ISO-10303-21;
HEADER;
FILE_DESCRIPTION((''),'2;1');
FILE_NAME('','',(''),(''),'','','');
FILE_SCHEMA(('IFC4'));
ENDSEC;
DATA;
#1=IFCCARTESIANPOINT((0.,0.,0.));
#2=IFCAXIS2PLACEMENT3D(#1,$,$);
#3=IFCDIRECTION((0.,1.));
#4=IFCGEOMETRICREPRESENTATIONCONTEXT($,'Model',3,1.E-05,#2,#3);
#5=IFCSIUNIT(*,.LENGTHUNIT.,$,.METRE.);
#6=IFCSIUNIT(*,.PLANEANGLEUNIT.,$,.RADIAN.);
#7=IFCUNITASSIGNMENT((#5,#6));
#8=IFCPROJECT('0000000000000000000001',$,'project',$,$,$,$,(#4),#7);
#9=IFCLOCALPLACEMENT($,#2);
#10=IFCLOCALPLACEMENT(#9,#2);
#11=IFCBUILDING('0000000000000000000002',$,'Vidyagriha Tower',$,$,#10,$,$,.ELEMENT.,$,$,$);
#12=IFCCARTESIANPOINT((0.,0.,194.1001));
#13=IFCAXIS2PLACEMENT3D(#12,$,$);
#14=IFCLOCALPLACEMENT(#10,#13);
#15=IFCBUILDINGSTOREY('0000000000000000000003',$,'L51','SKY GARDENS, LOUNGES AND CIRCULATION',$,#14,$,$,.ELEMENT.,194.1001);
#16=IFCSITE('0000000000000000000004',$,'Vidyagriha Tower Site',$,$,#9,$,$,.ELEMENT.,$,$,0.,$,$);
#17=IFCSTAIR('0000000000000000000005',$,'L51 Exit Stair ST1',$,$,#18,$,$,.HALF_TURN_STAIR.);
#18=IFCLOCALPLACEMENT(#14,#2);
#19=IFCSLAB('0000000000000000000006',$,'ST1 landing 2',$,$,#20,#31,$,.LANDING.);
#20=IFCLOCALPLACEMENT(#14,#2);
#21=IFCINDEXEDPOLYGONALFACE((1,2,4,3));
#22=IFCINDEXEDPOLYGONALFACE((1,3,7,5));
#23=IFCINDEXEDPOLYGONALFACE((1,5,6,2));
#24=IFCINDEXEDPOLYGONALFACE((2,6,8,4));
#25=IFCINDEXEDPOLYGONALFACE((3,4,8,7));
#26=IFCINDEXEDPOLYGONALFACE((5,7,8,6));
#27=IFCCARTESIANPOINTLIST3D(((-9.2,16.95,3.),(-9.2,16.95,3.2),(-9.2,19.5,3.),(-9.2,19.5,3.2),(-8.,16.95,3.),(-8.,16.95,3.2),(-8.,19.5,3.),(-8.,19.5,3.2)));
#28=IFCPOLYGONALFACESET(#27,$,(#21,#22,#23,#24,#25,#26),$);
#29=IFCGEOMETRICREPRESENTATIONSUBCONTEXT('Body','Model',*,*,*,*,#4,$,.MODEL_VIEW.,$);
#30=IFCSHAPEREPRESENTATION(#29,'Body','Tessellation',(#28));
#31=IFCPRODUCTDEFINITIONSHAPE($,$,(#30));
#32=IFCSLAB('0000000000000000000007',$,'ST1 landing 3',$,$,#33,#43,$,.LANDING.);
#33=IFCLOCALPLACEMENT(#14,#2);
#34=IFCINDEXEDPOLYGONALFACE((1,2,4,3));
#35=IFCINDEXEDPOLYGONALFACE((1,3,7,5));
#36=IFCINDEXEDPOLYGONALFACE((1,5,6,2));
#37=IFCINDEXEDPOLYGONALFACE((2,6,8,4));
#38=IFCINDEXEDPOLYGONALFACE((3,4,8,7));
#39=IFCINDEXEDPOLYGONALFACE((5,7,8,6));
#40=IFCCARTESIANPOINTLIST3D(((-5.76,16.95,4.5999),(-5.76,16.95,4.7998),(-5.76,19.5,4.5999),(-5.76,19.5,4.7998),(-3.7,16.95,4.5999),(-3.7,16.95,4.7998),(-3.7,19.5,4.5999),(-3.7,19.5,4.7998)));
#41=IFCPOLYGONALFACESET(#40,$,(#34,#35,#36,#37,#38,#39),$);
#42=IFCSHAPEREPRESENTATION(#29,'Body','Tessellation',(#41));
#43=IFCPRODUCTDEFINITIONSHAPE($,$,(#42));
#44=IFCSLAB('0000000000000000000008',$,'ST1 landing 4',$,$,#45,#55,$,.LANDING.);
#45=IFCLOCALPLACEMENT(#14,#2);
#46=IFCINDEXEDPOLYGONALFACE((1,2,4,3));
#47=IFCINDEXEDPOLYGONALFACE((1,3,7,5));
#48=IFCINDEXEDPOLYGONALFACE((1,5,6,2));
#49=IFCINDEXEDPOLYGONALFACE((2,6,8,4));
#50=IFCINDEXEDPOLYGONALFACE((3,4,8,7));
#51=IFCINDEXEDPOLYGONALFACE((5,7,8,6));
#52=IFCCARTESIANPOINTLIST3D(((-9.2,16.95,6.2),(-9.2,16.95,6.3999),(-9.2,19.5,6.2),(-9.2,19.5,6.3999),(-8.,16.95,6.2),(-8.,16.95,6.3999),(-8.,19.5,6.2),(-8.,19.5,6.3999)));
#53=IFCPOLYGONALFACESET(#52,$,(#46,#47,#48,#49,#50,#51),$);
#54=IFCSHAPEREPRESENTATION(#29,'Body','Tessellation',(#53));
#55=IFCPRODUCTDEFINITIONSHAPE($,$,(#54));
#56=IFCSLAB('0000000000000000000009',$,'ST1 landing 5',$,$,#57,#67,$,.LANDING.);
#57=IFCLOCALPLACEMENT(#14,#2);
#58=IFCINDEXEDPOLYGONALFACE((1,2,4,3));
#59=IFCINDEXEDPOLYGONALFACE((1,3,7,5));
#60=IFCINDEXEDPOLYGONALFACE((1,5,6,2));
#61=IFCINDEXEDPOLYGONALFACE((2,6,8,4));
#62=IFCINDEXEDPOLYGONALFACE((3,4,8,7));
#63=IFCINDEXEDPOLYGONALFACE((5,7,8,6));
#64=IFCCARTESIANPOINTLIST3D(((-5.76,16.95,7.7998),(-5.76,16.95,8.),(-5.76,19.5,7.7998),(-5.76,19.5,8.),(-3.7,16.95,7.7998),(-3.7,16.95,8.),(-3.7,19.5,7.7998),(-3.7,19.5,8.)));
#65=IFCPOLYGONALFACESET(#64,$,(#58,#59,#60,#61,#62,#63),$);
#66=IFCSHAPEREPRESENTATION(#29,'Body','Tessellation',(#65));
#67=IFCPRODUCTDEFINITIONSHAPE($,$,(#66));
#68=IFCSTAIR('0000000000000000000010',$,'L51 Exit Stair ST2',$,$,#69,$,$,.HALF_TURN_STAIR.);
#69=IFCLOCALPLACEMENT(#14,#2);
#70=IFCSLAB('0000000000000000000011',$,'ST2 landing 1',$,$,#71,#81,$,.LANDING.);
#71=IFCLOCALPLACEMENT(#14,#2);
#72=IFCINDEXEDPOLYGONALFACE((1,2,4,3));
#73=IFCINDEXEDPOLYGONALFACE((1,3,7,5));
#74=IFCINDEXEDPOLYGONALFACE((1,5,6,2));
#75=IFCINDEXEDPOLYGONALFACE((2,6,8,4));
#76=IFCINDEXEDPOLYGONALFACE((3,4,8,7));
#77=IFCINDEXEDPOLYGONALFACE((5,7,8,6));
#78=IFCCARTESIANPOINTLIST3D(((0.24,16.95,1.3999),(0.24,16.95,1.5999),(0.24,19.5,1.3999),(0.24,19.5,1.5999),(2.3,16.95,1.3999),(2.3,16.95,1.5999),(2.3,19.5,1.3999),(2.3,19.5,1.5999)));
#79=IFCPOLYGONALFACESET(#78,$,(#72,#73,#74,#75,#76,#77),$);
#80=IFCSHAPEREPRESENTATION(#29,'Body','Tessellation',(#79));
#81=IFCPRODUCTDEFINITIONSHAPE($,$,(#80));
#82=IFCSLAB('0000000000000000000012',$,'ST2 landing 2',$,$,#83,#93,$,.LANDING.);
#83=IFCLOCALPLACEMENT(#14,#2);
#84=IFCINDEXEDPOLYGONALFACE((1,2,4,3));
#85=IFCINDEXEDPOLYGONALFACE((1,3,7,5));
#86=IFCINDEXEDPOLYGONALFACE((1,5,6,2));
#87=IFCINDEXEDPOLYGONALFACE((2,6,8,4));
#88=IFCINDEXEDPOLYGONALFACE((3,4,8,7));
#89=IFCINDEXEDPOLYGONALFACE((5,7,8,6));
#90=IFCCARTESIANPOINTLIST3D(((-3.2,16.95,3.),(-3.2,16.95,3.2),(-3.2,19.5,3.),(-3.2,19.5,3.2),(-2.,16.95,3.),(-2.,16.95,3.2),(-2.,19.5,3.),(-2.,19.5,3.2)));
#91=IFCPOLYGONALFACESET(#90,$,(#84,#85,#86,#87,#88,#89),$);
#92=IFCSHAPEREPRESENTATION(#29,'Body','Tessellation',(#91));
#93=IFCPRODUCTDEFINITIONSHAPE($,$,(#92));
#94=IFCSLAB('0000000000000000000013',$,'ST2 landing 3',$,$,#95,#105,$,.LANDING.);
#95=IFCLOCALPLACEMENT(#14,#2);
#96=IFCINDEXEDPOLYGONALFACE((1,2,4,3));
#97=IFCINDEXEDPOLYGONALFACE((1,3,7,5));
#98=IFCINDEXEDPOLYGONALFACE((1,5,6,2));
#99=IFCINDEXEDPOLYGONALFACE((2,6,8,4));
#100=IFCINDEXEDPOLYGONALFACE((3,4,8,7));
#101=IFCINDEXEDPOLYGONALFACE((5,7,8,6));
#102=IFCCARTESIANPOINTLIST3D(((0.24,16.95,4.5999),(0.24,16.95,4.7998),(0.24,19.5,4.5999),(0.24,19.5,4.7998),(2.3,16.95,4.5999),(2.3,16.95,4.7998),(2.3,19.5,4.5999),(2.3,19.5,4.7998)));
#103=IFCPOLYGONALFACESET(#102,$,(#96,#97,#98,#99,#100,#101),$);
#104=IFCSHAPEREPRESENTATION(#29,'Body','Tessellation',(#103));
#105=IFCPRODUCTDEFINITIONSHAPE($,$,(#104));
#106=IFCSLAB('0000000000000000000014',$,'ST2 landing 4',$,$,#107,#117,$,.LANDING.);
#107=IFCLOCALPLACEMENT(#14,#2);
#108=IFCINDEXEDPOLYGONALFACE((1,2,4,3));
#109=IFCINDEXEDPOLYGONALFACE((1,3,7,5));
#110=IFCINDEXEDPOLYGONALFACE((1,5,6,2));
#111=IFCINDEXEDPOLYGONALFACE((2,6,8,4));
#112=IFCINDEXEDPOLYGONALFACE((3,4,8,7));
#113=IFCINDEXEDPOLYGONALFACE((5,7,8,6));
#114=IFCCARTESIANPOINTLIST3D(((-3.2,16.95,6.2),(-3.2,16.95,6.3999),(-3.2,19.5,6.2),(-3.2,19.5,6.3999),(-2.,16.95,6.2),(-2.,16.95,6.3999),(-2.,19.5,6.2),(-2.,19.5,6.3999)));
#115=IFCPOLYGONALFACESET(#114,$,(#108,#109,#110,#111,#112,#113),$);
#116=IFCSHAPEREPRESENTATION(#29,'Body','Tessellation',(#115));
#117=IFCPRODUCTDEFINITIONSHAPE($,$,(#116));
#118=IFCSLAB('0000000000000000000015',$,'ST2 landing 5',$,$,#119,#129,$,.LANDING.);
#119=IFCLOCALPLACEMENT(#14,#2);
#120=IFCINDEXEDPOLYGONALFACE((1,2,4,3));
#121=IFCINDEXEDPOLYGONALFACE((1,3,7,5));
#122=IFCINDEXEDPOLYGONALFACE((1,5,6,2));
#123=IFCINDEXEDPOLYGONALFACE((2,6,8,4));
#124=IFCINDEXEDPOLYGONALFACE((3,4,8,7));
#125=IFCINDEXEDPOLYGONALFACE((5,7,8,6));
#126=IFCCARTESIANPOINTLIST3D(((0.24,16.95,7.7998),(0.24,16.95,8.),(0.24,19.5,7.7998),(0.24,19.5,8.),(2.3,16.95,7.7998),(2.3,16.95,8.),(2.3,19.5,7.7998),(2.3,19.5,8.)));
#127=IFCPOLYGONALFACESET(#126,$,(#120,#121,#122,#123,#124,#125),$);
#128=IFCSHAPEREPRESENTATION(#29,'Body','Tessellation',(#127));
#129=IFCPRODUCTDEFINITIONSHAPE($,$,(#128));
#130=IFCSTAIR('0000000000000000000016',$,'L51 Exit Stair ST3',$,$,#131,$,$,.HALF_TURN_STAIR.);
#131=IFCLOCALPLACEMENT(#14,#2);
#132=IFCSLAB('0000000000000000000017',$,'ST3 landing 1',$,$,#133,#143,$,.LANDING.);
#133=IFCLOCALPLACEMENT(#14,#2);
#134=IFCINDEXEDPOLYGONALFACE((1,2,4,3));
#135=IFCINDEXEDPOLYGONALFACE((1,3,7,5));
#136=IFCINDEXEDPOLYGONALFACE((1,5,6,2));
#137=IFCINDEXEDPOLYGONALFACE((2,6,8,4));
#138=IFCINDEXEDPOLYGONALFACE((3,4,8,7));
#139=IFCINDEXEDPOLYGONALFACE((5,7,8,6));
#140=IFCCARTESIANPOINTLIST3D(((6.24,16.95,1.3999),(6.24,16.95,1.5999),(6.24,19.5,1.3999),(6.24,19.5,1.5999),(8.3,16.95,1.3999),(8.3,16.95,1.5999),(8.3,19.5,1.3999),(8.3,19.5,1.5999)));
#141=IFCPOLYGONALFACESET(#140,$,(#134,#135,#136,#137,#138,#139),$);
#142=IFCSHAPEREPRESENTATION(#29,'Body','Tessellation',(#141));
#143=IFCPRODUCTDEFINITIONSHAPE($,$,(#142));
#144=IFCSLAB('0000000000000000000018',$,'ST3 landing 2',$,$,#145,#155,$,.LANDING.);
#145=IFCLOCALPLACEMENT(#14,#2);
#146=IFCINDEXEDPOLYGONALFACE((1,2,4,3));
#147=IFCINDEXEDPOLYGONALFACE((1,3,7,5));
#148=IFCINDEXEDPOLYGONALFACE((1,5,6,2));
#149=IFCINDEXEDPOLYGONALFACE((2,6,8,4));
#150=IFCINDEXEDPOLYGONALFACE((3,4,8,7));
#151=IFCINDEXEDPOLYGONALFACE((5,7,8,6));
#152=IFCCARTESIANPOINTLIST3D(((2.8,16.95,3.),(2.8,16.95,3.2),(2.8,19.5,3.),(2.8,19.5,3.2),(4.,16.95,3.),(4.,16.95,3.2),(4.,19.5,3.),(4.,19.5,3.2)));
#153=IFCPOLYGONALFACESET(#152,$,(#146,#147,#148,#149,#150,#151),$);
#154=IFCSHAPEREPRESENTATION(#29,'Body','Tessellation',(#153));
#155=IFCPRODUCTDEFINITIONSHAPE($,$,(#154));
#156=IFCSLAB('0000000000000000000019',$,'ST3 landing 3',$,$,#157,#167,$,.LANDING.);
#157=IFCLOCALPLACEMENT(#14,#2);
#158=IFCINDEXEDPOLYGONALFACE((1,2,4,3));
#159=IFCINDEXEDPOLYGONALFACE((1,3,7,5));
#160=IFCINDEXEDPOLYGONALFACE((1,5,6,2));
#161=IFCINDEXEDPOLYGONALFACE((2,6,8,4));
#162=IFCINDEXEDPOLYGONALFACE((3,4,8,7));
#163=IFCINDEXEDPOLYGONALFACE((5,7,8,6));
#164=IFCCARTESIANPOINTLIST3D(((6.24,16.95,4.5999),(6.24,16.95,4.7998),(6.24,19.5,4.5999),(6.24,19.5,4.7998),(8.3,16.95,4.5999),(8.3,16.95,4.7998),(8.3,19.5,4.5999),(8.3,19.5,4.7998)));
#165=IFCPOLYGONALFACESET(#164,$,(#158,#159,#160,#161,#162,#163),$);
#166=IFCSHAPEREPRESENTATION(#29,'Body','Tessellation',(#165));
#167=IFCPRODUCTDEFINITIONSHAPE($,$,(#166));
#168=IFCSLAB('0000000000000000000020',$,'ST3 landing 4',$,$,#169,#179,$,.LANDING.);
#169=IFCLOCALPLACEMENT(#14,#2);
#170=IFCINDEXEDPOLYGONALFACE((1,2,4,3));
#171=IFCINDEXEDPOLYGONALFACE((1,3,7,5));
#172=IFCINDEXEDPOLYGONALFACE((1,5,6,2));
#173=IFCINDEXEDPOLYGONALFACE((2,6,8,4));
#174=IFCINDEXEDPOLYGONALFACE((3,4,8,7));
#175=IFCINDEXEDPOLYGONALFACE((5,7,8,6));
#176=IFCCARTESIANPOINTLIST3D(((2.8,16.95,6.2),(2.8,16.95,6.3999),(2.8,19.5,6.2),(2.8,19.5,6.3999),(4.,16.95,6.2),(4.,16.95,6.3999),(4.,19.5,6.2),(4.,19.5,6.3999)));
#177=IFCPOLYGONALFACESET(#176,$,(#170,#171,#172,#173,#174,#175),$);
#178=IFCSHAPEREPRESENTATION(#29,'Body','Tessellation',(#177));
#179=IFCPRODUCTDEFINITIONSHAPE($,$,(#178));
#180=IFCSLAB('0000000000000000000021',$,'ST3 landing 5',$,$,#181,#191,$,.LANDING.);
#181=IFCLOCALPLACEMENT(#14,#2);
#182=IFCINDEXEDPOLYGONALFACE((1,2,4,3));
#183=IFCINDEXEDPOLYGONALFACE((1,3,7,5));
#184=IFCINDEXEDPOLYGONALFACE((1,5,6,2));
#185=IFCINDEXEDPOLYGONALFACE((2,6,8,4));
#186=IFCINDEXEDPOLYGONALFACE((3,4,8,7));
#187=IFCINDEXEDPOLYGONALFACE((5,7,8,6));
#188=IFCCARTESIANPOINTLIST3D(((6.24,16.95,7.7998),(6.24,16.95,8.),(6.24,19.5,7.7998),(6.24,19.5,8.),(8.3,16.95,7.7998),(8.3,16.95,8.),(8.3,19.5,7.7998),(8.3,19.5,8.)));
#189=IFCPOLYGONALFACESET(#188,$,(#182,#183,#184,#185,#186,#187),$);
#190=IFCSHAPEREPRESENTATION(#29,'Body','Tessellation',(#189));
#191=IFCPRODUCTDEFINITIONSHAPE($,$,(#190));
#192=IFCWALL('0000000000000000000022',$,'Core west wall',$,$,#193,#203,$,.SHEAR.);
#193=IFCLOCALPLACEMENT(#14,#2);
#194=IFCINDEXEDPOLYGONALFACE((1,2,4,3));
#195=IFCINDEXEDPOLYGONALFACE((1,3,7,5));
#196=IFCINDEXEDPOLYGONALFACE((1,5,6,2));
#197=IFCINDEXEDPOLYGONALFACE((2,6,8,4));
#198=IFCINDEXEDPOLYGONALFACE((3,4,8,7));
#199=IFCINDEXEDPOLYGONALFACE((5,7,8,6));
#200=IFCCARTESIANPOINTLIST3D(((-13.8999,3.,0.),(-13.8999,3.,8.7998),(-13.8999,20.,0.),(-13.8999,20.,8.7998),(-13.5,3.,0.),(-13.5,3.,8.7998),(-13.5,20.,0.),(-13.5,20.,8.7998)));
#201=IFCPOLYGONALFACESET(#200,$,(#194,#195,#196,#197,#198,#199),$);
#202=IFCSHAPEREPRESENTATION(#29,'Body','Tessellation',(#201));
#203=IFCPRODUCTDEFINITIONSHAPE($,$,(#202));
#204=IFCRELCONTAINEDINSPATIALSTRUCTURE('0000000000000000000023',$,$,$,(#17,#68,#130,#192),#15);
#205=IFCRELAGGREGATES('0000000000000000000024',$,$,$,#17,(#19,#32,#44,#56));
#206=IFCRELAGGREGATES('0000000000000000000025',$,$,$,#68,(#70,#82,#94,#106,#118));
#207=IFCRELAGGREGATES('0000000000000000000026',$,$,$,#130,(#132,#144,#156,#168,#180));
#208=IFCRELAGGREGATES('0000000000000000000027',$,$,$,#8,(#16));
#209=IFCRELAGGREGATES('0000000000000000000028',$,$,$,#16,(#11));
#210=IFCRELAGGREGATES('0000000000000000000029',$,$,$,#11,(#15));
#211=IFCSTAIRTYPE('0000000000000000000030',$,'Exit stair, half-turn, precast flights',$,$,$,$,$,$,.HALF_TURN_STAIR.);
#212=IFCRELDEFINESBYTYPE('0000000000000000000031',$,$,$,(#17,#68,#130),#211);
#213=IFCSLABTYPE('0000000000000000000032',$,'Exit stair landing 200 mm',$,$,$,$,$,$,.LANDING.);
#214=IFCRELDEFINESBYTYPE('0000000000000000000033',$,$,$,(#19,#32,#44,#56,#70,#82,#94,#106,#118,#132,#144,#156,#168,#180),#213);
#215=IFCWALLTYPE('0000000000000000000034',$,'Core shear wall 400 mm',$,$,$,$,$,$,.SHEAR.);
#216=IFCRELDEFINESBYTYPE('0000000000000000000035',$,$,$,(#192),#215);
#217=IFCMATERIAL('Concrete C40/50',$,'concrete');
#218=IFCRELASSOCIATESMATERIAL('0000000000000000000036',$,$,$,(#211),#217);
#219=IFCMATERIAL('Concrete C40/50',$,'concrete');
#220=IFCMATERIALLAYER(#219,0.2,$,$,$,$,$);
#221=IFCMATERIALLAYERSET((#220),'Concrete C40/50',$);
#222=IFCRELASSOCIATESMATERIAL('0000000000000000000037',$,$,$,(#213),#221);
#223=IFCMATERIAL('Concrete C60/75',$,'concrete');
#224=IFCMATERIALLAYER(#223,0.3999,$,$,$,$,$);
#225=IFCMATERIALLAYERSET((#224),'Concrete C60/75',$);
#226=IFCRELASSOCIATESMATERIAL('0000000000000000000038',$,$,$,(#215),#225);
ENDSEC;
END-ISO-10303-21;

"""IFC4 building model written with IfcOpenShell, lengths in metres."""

from ifc_helpers import new_model, si_unit, direction, frame, frame_2d, origin, place, context, subcontext, project, spatial, polyline, rectangle, outline, extrude, material, layer, layer_set, type_object, element, aggregate, save


model = new_model("IFC4")

# Units and contexts
model_context = context("Model", 3, precision=1e-05, world=origin(), true_north=direction((0.0, 1.0)))
body_context = subcontext(model_context, "Body", "Model", "MODEL_VIEW")
ifc_project = project(units=[si_unit("LENGTHUNIT", "METRE"), si_unit("PLANEANGLEUNIT", "RADIAN")], contexts=[model_context])

# Site, building, storey
site_placement = place(None, origin())
site = spatial("IfcSite", under=ifc_project, at=site_placement, Name="Vidyagriha Tower Site", CompositionType="ELEMENT", RefElevation=0.0)
building_placement = place(site_placement, origin())
building = spatial("IfcBuilding", under=site, at=building_placement, Name="Vidyagriha Tower", CompositionType="ELEMENT")
storey_placement = place(building_placement, frame((0.0, 0.0, 194.1001)))
storey = spatial("IfcBuildingStorey", under=building, at=storey_placement, Name="L51", Description="SKY GARDENS, LOUNGES AND CIRCULATION", CompositionType="ELEMENT", Elevation=194.1001)

# Stairs, slabs
ifc_material_1 = material(Name="Concrete C40/50", Category="concrete")
stair_type = type_object("IfcStairType", Name="Exit stair, half-turn, precast flights", PredefinedType="HALF_TURN_STAIR", material=ifc_material_1)
stair_1_placement = place(storey_placement, origin())
stair_1 = element("IfcStair", 1, at=stair_1_placement, inside=storey, type_object=stair_type, Name="L51 Exit Stair ST1", PredefinedType="HALF_TURN_STAIR")
ifc_material_2 = material(Name="Concrete C40/50", Category="concrete")
ifc_layer_1 = layer(ifc_material_2, 0.2)
ifc_layer_set_1 = layer_set([ifc_layer_1], Name="Concrete C40/50")
slab_type = type_object("IfcSlabType", Name="Exit stair landing 200 mm", PredefinedType="LANDING", material=ifc_layer_set_1)
slab_1_placement = place(storey_placement, frame((0.0, 0.0, 3.0)))
slab_1 = element("IfcSlab", 2, at=slab_1_placement, type_object=slab_type, Name="ST1 landing 2", PredefinedType="LANDING", context=body_context, shape_type="SweptSolid", body=[
    extrude(outline(polyline([(-9.2, 16.95), (-8.0, 16.95), (-8.0, 19.5), (-9.2, 19.5), (-9.2, 16.95)])), origin(), (0.0, 0.0, 1.0), 0.2),
])
slab_2_placement = place(storey_placement, frame((0.0, 0.0, 4.5999)))
slab_2 = element("IfcSlab", 3, at=slab_2_placement, type_object=slab_type, Name="ST1 landing 3", PredefinedType="LANDING", context=body_context, shape_type="SweptSolid", body=[
    extrude(outline(polyline([(-5.76, 16.95), (-3.7, 16.95), (-3.7, 19.5), (-5.76, 19.5), (-5.76, 16.95)])), origin(), (0.0, 0.0, 1.0), 0.2),
])
slab_3_placement = place(storey_placement, frame((0.0, 0.0, 6.2)))
slab_3 = element("IfcSlab", 4, at=slab_3_placement, type_object=slab_type, Name="ST1 landing 4", PredefinedType="LANDING", context=body_context, shape_type="SweptSolid", body=[
    extrude(outline(polyline([(-9.2, 16.95), (-8.0, 16.95), (-8.0, 19.5), (-9.2, 19.5), (-9.2, 16.95)])), origin(), (0.0, 0.0, 1.0), 0.2),
])
slab_4_placement = place(storey_placement, frame((0.0, 0.0, 7.7998)))
slab_4 = element("IfcSlab", 5, at=slab_4_placement, type_object=slab_type, Name="ST1 landing 5", PredefinedType="LANDING", context=body_context, shape_type="SweptSolid", body=[
    extrude(outline(polyline([(-5.76, 16.95), (-3.7, 16.95), (-3.7, 19.5), (-5.76, 19.5), (-5.76, 16.95)])), origin(), (0.0, 0.0, 1.0), 0.2002),
])
aggregate(stair_1, [slab_1, slab_2, slab_3, slab_4])
stair_2_placement = place(storey_placement, origin())
stair_2 = element("IfcStair", 6, at=stair_2_placement, inside=storey, type_object=stair_type, Name="L51 Exit Stair ST2", PredefinedType="HALF_TURN_STAIR")
slab_5_placement = place(storey_placement, frame((0.0, 0.0, 1.3999)))
slab_5 = element("IfcSlab", 7, at=slab_5_placement, type_object=slab_type, Name="ST2 landing 1", PredefinedType="LANDING", context=body_context, shape_type="SweptSolid", body=[
    extrude(outline(polyline([(0.24, 16.95), (2.3, 16.95), (2.3, 19.5), (0.24, 19.5), (0.24, 16.95)])), origin(), (0.0, 0.0, 1.0), 0.2),
])
slab_6_placement = place(storey_placement, frame((0.0, 0.0, 3.0)))
slab_6 = element("IfcSlab", 8, at=slab_6_placement, type_object=slab_type, Name="ST2 landing 2", PredefinedType="LANDING", context=body_context, shape_type="SweptSolid", body=[
    extrude(outline(polyline([(-3.2, 16.95), (-2.0, 16.95), (-2.0, 19.5), (-3.2, 19.5), (-3.2, 16.95)])), origin(), (0.0, 0.0, 1.0), 0.2),
])
slab_7_placement = place(storey_placement, frame((0.0, 0.0, 4.5999)))
slab_7 = element("IfcSlab", 9, at=slab_7_placement, type_object=slab_type, Name="ST2 landing 3", PredefinedType="LANDING", context=body_context, shape_type="SweptSolid", body=[
    extrude(outline(polyline([(0.24, 16.95), (2.3, 16.95), (2.3, 19.5), (0.24, 19.5), (0.24, 16.95)])), origin(), (0.0, 0.0, 1.0), 0.2),
])
slab_8_placement = place(storey_placement, frame((0.0, 0.0, 6.2)))
slab_8 = element("IfcSlab", 10, at=slab_8_placement, type_object=slab_type, Name="ST2 landing 4", PredefinedType="LANDING", context=body_context, shape_type="SweptSolid", body=[
    extrude(outline(polyline([(-3.2, 16.95), (-2.0, 16.95), (-2.0, 19.5), (-3.2, 19.5), (-3.2, 16.95)])), origin(), (0.0, 0.0, 1.0), 0.2),
])
slab_9_placement = place(storey_placement, frame((0.0, 0.0, 7.7998)))
slab_9 = element("IfcSlab", 11, at=slab_9_placement, type_object=slab_type, Name="ST2 landing 5", PredefinedType="LANDING", context=body_context, shape_type="SweptSolid", body=[
    extrude(outline(polyline([(0.24, 16.95), (2.3, 16.95), (2.3, 19.5), (0.24, 19.5), (0.24, 16.95)])), origin(), (0.0, 0.0, 1.0), 0.2002),
])
aggregate(stair_2, [slab_5, slab_6, slab_7, slab_8, slab_9])
stair_3_placement = place(storey_placement, origin())
stair_3 = element("IfcStair", 12, at=stair_3_placement, inside=storey, type_object=stair_type, Name="L51 Exit Stair ST3", PredefinedType="HALF_TURN_STAIR")
slab_10_placement = place(storey_placement, frame((0.0, 0.0, 1.3999)))
slab_10 = element("IfcSlab", 13, at=slab_10_placement, type_object=slab_type, Name="ST3 landing 1", PredefinedType="LANDING", context=body_context, shape_type="SweptSolid", body=[
    extrude(outline(polyline([(6.24, 16.95), (8.3, 16.95), (8.3, 19.5), (6.24, 19.5), (6.24, 16.95)])), origin(), (0.0, 0.0, 1.0), 0.2),
])
slab_11_placement = place(storey_placement, frame((0.0, 0.0, 3.0)))
slab_11 = element("IfcSlab", 14, at=slab_11_placement, type_object=slab_type, Name="ST3 landing 2", PredefinedType="LANDING", context=body_context, shape_type="SweptSolid", body=[
    extrude(outline(polyline([(2.8, 16.95), (4.0, 16.95), (4.0, 19.5), (2.8, 19.5), (2.8, 16.95)])), origin(), (0.0, 0.0, 1.0), 0.2),
])
slab_12_placement = place(storey_placement, frame((0.0, 0.0, 4.5999)))
slab_12 = element("IfcSlab", 15, at=slab_12_placement, type_object=slab_type, Name="ST3 landing 3", PredefinedType="LANDING", context=body_context, shape_type="SweptSolid", body=[
    extrude(outline(polyline([(6.24, 16.95), (8.3, 16.95), (8.3, 19.5), (6.24, 19.5), (6.24, 16.95)])), origin(), (0.0, 0.0, 1.0), 0.2),
])
slab_13_placement = place(storey_placement, frame((0.0, 0.0, 6.2)))
slab_13 = element("IfcSlab", 16, at=slab_13_placement, type_object=slab_type, Name="ST3 landing 4", PredefinedType="LANDING", context=body_context, shape_type="SweptSolid", body=[
    extrude(outline(polyline([(2.8, 16.95), (4.0, 16.95), (4.0, 19.5), (2.8, 19.5), (2.8, 16.95)])), origin(), (0.0, 0.0, 1.0), 0.2),
])
slab_14_placement = place(storey_placement, frame((0.0, 0.0, 7.7998)))
slab_14 = element("IfcSlab", 17, at=slab_14_placement, type_object=slab_type, Name="ST3 landing 5", PredefinedType="LANDING", context=body_context, shape_type="SweptSolid", body=[
    extrude(outline(polyline([(6.24, 16.95), (8.3, 16.95), (8.3, 19.5), (6.24, 19.5), (6.24, 16.95)])), origin(), (0.0, 0.0, 1.0), 0.2002),
])
aggregate(stair_3, [slab_10, slab_11, slab_12, slab_13, slab_14])

# Wall
ifc_material_3 = material(Name="Concrete C60/75", Category="concrete")
ifc_layer_2 = layer(ifc_material_3, 0.3999)
ifc_layer_set_2 = layer_set([ifc_layer_2], Name="Concrete C60/75")
wall_type_1 = type_object("IfcWallType", Name="Core shear wall 400 mm", PredefinedType="SHEAR", material=ifc_layer_set_2)
wall_1_placement = place(storey_placement, frame((-13.7, 3.0, 0.0), z_axis=(0.0, 0.0, 1.0), x_axis=(0.0, 1.0, 0.0)))
element("IfcWall", 18, at=wall_1_placement, inside=storey, type_object=wall_type_1, Name="Core west wall", PredefinedType="SHEAR", context=body_context, shape_type="SweptSolid", body=[
    extrude(rectangle(XDim=17.0, YDim=0.3999, at=frame_2d((8.5, 0.0))), origin(), (0.0, 0.0, 1.0), 8.7998),
])

save(model, "model.ifc")
